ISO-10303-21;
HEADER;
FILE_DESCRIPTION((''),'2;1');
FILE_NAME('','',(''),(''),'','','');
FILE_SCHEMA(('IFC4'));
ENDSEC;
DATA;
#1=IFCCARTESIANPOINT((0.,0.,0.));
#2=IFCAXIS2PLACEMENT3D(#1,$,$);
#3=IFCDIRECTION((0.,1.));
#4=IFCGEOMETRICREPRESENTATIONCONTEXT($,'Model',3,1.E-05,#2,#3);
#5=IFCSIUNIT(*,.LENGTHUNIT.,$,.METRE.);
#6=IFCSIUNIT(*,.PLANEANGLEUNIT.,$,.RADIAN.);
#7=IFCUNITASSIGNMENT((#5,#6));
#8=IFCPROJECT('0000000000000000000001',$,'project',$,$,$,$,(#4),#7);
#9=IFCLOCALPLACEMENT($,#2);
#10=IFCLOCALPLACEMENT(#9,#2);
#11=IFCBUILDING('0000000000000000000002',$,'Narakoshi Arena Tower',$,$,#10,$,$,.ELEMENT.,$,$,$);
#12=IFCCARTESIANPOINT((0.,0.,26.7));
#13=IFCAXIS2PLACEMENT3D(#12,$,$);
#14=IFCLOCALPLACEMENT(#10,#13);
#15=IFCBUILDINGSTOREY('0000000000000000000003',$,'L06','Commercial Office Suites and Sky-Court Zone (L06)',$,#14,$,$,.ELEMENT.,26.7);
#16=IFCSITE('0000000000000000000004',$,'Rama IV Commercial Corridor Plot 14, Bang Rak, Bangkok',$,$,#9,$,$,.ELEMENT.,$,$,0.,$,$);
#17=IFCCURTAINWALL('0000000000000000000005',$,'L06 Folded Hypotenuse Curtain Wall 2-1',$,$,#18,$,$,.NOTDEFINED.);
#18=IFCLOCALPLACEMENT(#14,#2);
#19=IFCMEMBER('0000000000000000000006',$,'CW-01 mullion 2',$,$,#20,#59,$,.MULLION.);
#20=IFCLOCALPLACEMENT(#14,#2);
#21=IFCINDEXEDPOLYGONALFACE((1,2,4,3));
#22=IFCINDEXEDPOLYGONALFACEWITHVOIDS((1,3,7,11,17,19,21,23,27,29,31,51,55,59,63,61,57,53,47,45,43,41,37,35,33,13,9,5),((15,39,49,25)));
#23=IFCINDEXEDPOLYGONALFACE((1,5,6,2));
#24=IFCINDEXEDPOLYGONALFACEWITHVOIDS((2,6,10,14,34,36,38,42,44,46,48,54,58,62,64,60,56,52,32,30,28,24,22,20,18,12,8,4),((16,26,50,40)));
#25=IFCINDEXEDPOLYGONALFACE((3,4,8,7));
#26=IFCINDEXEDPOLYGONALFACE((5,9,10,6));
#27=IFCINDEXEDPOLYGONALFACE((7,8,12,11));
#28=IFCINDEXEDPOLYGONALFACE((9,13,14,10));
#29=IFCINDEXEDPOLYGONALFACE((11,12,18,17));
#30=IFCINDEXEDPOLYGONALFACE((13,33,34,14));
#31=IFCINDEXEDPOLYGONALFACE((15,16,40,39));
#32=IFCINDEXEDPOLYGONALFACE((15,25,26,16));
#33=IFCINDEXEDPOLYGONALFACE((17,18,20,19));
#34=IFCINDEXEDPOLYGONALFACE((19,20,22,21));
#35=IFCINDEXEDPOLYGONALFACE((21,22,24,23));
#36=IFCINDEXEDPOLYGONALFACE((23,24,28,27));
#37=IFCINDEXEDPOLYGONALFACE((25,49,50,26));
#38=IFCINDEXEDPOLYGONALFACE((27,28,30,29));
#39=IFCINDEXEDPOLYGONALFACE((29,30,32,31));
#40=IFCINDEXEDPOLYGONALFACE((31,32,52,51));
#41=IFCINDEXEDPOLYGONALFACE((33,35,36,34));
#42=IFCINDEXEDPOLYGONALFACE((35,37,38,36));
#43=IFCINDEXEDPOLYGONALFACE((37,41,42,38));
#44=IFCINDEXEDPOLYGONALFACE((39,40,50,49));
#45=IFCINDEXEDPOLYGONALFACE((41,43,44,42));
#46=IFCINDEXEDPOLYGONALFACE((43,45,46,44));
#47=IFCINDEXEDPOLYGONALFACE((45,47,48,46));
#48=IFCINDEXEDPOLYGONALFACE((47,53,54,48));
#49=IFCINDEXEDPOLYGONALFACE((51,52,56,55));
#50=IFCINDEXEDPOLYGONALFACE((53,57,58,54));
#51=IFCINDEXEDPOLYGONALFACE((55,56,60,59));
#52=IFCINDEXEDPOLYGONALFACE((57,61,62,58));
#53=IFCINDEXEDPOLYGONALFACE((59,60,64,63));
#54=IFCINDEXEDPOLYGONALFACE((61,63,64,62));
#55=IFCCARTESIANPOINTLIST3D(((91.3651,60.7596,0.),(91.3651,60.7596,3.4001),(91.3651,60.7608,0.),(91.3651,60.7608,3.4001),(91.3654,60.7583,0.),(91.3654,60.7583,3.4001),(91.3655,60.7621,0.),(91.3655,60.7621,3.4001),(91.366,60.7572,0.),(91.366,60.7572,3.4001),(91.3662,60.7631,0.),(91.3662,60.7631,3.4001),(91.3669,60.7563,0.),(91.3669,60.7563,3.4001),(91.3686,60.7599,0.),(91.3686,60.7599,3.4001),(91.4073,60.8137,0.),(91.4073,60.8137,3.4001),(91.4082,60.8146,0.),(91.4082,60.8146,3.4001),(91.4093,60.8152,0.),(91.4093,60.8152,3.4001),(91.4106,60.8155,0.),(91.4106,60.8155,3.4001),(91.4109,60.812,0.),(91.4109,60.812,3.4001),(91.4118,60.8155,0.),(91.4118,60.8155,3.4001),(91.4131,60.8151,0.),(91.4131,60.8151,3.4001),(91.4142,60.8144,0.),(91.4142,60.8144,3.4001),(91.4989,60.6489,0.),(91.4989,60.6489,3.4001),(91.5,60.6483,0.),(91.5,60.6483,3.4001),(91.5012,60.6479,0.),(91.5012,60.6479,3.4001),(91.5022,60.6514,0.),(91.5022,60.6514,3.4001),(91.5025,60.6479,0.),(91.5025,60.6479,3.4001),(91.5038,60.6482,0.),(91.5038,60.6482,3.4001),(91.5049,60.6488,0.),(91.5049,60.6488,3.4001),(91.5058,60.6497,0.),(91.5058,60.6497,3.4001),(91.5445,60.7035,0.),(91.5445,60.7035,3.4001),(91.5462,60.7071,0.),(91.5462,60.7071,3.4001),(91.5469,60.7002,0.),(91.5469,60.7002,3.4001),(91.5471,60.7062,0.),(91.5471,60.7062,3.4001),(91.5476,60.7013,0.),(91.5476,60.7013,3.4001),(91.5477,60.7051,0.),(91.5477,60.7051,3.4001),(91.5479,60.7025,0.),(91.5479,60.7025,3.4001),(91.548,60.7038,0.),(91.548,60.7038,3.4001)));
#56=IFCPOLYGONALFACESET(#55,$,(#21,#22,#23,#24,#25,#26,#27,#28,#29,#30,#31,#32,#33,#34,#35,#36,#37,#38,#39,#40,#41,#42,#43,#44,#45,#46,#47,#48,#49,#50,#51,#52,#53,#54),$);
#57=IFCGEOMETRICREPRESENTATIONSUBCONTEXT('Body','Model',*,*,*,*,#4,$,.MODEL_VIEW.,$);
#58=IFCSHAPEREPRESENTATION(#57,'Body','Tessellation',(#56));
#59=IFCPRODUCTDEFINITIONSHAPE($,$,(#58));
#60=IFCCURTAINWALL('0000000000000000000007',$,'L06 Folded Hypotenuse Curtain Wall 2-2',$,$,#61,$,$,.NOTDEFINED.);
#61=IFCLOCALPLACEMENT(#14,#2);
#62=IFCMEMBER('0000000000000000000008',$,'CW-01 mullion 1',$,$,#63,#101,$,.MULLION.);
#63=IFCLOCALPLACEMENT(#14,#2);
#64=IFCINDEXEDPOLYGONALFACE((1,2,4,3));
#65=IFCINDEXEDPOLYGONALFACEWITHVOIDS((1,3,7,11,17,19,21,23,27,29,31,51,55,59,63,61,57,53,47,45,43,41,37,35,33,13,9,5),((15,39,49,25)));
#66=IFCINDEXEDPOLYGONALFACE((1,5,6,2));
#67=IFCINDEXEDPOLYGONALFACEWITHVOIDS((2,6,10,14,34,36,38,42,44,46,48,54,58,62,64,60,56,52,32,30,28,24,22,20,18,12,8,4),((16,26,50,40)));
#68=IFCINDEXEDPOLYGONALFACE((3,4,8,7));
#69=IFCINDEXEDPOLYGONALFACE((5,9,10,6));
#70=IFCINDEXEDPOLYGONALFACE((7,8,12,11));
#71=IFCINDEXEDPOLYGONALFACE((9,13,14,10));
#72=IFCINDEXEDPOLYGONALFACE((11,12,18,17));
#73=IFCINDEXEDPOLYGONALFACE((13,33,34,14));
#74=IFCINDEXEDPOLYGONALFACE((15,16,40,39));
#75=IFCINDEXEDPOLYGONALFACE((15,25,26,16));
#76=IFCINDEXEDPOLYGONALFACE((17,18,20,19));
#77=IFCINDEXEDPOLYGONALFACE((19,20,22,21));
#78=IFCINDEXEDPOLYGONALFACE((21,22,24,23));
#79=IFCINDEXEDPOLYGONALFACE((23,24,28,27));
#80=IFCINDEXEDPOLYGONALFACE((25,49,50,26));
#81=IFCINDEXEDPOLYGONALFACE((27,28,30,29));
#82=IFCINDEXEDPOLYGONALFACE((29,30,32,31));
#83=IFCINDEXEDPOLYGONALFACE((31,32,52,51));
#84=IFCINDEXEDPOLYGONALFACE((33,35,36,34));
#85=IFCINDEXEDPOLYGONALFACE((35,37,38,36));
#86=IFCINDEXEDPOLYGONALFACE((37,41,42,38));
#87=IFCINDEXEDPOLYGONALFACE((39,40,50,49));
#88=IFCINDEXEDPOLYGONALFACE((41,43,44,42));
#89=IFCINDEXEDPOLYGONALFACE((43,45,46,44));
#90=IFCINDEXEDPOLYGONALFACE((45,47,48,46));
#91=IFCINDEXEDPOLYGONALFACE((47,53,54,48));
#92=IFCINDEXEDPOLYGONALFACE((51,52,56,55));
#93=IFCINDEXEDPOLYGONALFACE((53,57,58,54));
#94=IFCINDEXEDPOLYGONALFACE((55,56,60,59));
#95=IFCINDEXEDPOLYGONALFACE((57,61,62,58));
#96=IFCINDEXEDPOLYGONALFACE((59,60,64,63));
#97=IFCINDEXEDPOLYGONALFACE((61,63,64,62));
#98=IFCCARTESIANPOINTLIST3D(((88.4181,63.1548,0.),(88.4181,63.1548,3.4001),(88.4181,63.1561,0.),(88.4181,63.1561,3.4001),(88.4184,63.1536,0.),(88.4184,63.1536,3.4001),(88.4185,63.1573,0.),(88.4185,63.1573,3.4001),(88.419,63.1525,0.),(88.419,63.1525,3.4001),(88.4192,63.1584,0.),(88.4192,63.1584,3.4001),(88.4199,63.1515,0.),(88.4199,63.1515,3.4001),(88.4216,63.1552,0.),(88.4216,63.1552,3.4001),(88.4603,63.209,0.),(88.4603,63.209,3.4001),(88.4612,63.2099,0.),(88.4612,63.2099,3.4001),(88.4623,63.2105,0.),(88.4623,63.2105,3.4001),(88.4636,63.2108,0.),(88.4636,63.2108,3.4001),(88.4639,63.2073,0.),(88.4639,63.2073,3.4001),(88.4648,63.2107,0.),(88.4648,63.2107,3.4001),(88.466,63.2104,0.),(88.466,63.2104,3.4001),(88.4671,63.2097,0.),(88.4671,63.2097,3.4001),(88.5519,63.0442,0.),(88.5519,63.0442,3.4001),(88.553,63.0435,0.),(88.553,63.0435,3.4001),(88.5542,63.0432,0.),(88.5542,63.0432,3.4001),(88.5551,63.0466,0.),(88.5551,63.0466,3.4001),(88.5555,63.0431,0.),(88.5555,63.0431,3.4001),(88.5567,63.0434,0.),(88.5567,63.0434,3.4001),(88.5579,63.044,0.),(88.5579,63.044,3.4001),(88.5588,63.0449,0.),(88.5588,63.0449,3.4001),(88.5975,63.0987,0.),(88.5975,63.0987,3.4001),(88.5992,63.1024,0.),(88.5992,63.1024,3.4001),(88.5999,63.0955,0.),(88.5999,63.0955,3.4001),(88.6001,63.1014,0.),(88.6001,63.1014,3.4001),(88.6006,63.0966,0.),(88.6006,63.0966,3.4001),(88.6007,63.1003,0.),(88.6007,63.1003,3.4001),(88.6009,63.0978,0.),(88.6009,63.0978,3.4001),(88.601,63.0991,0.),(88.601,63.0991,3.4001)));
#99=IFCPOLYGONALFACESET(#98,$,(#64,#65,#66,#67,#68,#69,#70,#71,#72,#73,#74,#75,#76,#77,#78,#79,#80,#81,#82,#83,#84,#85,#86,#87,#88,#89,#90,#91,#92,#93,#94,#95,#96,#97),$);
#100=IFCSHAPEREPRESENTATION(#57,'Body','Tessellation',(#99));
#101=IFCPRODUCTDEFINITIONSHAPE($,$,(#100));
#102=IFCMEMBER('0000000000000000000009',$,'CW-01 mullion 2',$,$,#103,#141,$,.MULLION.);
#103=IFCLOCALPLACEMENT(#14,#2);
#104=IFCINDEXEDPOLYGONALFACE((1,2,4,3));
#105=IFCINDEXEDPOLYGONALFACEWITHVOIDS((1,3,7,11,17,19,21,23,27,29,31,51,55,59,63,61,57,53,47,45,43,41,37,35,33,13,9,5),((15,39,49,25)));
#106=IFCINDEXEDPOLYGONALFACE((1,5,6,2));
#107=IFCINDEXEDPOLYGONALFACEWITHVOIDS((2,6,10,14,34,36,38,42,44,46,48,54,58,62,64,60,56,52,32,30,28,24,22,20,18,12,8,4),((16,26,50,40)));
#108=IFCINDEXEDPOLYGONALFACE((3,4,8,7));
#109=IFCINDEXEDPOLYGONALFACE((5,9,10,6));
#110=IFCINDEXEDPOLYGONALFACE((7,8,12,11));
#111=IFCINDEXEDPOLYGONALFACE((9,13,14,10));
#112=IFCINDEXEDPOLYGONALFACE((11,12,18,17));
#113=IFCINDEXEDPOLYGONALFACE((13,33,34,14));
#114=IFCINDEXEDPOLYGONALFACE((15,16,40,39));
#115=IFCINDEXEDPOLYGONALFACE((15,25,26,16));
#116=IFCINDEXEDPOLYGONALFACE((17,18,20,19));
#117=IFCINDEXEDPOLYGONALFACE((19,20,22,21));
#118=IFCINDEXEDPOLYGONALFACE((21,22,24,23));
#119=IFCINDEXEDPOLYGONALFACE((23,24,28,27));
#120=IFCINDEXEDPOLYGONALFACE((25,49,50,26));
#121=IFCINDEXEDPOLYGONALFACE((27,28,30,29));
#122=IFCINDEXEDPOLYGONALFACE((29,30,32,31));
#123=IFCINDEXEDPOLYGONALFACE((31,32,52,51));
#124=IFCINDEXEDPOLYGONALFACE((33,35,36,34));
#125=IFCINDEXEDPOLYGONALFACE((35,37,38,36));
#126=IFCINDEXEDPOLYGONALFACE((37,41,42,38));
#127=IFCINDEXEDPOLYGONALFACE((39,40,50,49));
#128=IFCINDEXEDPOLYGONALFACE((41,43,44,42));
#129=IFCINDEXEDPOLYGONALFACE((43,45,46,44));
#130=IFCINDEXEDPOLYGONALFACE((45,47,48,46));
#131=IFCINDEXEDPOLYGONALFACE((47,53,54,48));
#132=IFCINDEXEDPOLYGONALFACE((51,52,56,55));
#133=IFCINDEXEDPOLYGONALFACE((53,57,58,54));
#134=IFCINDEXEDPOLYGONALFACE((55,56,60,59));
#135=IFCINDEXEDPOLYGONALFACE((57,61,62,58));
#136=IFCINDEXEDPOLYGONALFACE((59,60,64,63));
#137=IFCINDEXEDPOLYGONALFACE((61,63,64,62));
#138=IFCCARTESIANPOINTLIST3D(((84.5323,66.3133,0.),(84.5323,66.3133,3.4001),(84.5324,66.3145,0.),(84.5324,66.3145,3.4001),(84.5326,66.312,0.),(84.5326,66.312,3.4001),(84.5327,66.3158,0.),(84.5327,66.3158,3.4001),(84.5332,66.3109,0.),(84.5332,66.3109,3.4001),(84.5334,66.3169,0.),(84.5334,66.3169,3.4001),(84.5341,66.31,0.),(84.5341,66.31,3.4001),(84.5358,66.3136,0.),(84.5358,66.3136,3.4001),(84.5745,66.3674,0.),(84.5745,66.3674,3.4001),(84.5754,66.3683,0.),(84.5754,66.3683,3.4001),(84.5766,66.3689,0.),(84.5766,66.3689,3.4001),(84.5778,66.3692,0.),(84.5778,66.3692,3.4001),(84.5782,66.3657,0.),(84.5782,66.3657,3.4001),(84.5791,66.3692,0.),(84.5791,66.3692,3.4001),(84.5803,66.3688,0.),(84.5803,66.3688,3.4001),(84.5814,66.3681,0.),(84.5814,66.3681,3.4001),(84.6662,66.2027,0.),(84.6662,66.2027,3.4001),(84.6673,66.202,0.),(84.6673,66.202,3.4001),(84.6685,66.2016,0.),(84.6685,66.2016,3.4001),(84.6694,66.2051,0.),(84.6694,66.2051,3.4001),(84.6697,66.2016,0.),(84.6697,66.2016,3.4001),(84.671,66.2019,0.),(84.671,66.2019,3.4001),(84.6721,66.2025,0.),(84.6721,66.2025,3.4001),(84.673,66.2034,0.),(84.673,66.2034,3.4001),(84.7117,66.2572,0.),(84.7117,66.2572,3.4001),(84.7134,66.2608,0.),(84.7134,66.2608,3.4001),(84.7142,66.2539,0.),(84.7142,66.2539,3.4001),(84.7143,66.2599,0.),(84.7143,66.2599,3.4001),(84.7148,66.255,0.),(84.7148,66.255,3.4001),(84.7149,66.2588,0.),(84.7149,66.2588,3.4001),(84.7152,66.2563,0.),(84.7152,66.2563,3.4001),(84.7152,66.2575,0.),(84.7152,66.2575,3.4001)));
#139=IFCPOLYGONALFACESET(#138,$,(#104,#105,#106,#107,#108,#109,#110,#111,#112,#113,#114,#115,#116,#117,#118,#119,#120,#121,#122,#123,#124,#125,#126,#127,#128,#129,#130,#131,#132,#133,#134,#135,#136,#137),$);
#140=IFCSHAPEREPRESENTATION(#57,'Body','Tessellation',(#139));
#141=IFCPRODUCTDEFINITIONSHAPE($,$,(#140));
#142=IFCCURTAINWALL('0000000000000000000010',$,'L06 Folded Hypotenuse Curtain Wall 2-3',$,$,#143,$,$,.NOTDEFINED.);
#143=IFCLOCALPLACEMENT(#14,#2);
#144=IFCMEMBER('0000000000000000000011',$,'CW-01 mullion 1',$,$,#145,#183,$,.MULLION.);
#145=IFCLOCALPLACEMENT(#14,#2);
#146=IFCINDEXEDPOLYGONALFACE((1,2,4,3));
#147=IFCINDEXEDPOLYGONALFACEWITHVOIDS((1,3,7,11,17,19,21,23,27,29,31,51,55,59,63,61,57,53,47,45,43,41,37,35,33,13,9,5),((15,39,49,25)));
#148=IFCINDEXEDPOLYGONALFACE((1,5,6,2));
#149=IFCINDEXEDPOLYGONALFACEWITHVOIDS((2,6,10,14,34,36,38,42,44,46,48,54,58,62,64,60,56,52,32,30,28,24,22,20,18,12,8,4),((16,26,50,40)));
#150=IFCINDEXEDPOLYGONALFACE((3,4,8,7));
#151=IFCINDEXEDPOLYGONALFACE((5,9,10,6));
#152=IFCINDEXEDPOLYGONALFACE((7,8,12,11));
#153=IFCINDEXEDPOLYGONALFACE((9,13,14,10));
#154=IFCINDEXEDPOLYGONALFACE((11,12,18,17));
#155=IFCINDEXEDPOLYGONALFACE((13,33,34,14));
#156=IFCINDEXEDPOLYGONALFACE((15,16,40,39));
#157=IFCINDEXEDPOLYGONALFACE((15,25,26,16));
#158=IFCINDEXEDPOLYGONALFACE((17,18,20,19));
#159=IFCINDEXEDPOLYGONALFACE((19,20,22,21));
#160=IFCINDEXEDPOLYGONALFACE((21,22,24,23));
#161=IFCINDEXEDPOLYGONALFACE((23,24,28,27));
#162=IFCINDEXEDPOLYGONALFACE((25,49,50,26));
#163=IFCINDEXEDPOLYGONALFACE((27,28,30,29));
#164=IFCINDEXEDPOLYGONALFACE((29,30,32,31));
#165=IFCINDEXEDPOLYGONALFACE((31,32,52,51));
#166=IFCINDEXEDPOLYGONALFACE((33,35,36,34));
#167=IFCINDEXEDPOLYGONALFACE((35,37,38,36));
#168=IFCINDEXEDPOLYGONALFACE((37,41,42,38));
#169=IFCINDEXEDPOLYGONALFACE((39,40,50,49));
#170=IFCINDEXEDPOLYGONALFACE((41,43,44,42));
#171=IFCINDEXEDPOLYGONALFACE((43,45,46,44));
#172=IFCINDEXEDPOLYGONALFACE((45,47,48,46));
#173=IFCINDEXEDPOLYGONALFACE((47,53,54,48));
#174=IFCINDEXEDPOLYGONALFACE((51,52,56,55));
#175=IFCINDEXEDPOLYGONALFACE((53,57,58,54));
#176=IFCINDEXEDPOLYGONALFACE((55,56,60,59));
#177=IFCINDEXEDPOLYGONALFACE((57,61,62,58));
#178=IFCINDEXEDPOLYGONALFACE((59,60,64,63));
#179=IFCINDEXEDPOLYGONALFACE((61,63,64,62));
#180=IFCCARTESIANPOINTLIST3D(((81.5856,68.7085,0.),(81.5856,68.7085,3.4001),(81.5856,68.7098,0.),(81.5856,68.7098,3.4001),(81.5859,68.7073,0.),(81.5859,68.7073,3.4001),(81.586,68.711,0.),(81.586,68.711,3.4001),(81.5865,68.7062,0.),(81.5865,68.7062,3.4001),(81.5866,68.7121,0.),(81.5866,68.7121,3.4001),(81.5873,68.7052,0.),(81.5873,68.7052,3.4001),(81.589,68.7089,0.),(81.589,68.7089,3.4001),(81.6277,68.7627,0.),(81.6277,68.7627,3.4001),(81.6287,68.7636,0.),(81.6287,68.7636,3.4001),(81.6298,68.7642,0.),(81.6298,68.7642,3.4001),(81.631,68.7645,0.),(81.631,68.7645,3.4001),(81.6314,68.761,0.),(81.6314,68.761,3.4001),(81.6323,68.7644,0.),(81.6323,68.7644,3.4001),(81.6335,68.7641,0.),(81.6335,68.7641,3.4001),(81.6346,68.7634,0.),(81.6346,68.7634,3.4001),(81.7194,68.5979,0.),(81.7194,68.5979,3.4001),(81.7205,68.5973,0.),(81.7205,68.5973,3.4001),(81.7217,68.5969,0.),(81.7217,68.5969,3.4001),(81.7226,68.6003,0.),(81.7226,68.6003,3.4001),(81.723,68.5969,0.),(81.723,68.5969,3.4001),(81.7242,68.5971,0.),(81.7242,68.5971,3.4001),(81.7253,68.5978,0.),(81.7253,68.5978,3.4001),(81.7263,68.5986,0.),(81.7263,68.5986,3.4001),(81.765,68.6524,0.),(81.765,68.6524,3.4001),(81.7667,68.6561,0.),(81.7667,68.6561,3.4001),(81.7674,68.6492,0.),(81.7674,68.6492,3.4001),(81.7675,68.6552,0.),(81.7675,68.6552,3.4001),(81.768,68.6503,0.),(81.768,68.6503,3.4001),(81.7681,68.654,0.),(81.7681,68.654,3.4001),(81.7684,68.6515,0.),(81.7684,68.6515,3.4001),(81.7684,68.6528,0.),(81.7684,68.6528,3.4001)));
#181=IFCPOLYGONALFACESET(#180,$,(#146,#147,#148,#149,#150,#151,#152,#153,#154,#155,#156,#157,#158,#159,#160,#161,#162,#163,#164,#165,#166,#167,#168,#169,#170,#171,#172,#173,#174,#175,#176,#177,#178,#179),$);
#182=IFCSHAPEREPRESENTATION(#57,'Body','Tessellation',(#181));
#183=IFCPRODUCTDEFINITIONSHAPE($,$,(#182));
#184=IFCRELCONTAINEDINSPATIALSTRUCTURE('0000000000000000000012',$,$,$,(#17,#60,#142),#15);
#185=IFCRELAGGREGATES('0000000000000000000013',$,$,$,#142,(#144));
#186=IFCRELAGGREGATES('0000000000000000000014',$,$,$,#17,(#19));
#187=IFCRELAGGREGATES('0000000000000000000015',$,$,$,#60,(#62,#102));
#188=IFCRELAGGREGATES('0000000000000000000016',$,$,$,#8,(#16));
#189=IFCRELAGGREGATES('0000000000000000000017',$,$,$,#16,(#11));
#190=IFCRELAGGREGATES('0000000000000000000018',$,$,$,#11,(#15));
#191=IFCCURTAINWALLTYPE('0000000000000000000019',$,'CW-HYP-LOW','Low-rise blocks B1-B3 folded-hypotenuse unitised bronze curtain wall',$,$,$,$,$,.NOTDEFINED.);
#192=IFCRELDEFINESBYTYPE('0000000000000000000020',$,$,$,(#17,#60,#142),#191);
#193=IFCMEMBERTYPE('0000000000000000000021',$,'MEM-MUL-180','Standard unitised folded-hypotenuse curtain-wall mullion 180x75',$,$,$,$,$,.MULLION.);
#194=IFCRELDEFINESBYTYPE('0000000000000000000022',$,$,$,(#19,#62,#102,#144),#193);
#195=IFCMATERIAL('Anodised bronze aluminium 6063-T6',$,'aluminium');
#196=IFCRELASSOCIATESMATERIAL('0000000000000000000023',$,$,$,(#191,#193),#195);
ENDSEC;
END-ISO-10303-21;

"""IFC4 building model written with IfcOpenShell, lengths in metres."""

from ifc_helpers import new_model, si_unit, direction, frame, origin, origin_2d, place, context, subcontext, project, spatial, hollow_rectangle, extrude, material, material_profile, profile_set, type_object, element, aggregate, save


model = new_model("IFC4")

# Units and contexts
model_context = context("Model", 3, precision=1e-05, world=origin(), true_north=direction((0.0, 1.0)))
body_context = subcontext(model_context, "Body", "Model", "MODEL_VIEW")
ifc_project = project(units=[si_unit("LENGTHUNIT", "METRE"), si_unit("PLANEANGLEUNIT", "RADIAN")], contexts=[model_context])

# Site, building, storey
site_placement = place(None, origin())
site = spatial("IfcSite", under=ifc_project, at=site_placement, Name="Rama IV Commercial Corridor Plot 14, Bang Rak, Bangkok", CompositionType="ELEMENT", RefElevation=0.0)
building_placement = place(site_placement, origin())
building = spatial("IfcBuilding", under=site, at=building_placement, Name="Narakoshi Arena Tower", CompositionType="ELEMENT")
storey_placement = place(building_placement, frame((0.0, 0.0, 26.7)))
storey = spatial("IfcBuildingStorey", under=building, at=storey_placement, Name="L06", Description="Commercial Office Suites and Sky-Court Zone (L06)", CompositionType="ELEMENT", Elevation=26.7)

# Curtain walls, members
ifc_material_1 = material(Name="Anodised bronze aluminium 6063-T6", Category="aluminium")
curtain_wall_type = type_object("IfcCurtainWallType", Name="CW-HYP-LOW", Description="Low-rise blocks B1-B3 folded-hypotenuse unitised bronze curtain wall", PredefinedType="NOTDEFINED", material=ifc_material_1)
curtain_wall_1_placement = place(storey_placement, origin())
curtain_wall_1 = element("IfcCurtainWall", 1, at=curtain_wall_1_placement, inside=storey, type_object=curtain_wall_type, Name="L06 Folded Hypotenuse Curtain Wall 2-1", PredefinedType="NOTDEFINED")
ifc_material_profile_1 = material_profile(ifc_material_1, hollow_rectangle(XDim=0.075, YDim=0.1799, WallThickness=0.0039, OuterFilletRadius=0.0049, at=origin_2d()), Name="MUL180x75x4")
ifc_profile_set_1 = profile_set([ifc_material_profile_1], Name="Anodised bronze aluminium 6063-T6")
member_type_1 = type_object("IfcMemberType", Name="MEM-MUL-180", Description="Standard unitised folded-hypotenuse curtain-wall mullion 180x75", PredefinedType="MULLION", material=ifc_profile_set_1)
member_1_placement = place(storey_placement, frame((91.4565, 60.7317, 0.0), z_axis=(0.0, 0.0, 1.0), x_axis=(-0.630723, -0.776008, 0.0)))
member_1 = element("IfcMember", 2, at=member_1_placement, type_object=member_type_1, Name="CW-01 mullion 2", PredefinedType="MULLION", context=body_context, shape_type="SweptSolid", body=[
    extrude(hollow_rectangle(XDim=0.075, YDim=0.1799, WallThickness=0.0039, OuterFilletRadius=0.0049, at=origin_2d()), origin(), (0.0, 0.0, 1.0), 3.4001),
])
curtain_wall_2_placement = place(storey_placement, origin())
curtain_wall_2 = element("IfcCurtainWall", 3, at=curtain_wall_2_placement, inside=storey, type_object=curtain_wall_type, Name="L06 Folded Hypotenuse Curtain Wall 2-2", PredefinedType="NOTDEFINED")
member_2_placement = place(storey_placement, frame((88.5095, 63.127, 0.0), z_axis=(0.0, 0.0, 1.0), x_axis=(-0.630735, -0.775998, 0.0)))
member_2 = element("IfcMember", 4, at=member_2_placement, type_object=member_type_1, Name="CW-01 mullion 1", PredefinedType="MULLION", context=body_context, shape_type="SweptSolid", body=[
    extrude(hollow_rectangle(XDim=0.075, YDim=0.1799, WallThickness=0.0039, OuterFilletRadius=0.0049, at=origin_2d()), origin(), (0.0, 0.0, 1.0), 3.4001),
])
member_3_placement = place(storey_placement, frame((84.6238, 66.2854, 0.0), z_axis=(0.0, 0.0, 1.0), x_axis=(-0.630735, -0.775998, 0.0)))
member_3 = element("IfcMember", 5, at=member_3_placement, type_object=member_type_1, Name="CW-01 mullion 2", PredefinedType="MULLION", context=body_context, shape_type="SweptSolid", body=[
    extrude(hollow_rectangle(XDim=0.075, YDim=0.1799, WallThickness=0.0039, OuterFilletRadius=0.0049, at=origin_2d()), origin(), (0.0, 0.0, 1.0), 3.4001),
])

# Curtain wall, member
curtain_wall_3_placement = place(storey_placement, origin())
curtain_wall_3 = element("IfcCurtainWall", 6, at=curtain_wall_3_placement, inside=storey, type_object=curtain_wall_type, Name="L06 Folded Hypotenuse Curtain Wall 2-3", PredefinedType="NOTDEFINED")
member_4_placement = place(storey_placement, frame((81.677, 68.6807, 0.0), z_axis=(0.0, 0.0, 1.0), x_axis=(-0.630723, -0.776008, 0.0)))
member_4 = element("IfcMember", 7, at=member_4_placement, type_object=member_type_1, Name="CW-01 mullion 1", PredefinedType="MULLION", context=body_context, shape_type="SweptSolid", body=[
    extrude(hollow_rectangle(XDim=0.075, YDim=0.1799, WallThickness=0.0039, OuterFilletRadius=0.0049, at=origin_2d()), origin(), (0.0, 0.0, 1.0), 3.4001),
])

aggregate(curtain_wall_3, [member_4])

aggregate(curtain_wall_1, [member_1])
aggregate(curtain_wall_2, [member_2, member_3])

save(model, "model.ifc")
